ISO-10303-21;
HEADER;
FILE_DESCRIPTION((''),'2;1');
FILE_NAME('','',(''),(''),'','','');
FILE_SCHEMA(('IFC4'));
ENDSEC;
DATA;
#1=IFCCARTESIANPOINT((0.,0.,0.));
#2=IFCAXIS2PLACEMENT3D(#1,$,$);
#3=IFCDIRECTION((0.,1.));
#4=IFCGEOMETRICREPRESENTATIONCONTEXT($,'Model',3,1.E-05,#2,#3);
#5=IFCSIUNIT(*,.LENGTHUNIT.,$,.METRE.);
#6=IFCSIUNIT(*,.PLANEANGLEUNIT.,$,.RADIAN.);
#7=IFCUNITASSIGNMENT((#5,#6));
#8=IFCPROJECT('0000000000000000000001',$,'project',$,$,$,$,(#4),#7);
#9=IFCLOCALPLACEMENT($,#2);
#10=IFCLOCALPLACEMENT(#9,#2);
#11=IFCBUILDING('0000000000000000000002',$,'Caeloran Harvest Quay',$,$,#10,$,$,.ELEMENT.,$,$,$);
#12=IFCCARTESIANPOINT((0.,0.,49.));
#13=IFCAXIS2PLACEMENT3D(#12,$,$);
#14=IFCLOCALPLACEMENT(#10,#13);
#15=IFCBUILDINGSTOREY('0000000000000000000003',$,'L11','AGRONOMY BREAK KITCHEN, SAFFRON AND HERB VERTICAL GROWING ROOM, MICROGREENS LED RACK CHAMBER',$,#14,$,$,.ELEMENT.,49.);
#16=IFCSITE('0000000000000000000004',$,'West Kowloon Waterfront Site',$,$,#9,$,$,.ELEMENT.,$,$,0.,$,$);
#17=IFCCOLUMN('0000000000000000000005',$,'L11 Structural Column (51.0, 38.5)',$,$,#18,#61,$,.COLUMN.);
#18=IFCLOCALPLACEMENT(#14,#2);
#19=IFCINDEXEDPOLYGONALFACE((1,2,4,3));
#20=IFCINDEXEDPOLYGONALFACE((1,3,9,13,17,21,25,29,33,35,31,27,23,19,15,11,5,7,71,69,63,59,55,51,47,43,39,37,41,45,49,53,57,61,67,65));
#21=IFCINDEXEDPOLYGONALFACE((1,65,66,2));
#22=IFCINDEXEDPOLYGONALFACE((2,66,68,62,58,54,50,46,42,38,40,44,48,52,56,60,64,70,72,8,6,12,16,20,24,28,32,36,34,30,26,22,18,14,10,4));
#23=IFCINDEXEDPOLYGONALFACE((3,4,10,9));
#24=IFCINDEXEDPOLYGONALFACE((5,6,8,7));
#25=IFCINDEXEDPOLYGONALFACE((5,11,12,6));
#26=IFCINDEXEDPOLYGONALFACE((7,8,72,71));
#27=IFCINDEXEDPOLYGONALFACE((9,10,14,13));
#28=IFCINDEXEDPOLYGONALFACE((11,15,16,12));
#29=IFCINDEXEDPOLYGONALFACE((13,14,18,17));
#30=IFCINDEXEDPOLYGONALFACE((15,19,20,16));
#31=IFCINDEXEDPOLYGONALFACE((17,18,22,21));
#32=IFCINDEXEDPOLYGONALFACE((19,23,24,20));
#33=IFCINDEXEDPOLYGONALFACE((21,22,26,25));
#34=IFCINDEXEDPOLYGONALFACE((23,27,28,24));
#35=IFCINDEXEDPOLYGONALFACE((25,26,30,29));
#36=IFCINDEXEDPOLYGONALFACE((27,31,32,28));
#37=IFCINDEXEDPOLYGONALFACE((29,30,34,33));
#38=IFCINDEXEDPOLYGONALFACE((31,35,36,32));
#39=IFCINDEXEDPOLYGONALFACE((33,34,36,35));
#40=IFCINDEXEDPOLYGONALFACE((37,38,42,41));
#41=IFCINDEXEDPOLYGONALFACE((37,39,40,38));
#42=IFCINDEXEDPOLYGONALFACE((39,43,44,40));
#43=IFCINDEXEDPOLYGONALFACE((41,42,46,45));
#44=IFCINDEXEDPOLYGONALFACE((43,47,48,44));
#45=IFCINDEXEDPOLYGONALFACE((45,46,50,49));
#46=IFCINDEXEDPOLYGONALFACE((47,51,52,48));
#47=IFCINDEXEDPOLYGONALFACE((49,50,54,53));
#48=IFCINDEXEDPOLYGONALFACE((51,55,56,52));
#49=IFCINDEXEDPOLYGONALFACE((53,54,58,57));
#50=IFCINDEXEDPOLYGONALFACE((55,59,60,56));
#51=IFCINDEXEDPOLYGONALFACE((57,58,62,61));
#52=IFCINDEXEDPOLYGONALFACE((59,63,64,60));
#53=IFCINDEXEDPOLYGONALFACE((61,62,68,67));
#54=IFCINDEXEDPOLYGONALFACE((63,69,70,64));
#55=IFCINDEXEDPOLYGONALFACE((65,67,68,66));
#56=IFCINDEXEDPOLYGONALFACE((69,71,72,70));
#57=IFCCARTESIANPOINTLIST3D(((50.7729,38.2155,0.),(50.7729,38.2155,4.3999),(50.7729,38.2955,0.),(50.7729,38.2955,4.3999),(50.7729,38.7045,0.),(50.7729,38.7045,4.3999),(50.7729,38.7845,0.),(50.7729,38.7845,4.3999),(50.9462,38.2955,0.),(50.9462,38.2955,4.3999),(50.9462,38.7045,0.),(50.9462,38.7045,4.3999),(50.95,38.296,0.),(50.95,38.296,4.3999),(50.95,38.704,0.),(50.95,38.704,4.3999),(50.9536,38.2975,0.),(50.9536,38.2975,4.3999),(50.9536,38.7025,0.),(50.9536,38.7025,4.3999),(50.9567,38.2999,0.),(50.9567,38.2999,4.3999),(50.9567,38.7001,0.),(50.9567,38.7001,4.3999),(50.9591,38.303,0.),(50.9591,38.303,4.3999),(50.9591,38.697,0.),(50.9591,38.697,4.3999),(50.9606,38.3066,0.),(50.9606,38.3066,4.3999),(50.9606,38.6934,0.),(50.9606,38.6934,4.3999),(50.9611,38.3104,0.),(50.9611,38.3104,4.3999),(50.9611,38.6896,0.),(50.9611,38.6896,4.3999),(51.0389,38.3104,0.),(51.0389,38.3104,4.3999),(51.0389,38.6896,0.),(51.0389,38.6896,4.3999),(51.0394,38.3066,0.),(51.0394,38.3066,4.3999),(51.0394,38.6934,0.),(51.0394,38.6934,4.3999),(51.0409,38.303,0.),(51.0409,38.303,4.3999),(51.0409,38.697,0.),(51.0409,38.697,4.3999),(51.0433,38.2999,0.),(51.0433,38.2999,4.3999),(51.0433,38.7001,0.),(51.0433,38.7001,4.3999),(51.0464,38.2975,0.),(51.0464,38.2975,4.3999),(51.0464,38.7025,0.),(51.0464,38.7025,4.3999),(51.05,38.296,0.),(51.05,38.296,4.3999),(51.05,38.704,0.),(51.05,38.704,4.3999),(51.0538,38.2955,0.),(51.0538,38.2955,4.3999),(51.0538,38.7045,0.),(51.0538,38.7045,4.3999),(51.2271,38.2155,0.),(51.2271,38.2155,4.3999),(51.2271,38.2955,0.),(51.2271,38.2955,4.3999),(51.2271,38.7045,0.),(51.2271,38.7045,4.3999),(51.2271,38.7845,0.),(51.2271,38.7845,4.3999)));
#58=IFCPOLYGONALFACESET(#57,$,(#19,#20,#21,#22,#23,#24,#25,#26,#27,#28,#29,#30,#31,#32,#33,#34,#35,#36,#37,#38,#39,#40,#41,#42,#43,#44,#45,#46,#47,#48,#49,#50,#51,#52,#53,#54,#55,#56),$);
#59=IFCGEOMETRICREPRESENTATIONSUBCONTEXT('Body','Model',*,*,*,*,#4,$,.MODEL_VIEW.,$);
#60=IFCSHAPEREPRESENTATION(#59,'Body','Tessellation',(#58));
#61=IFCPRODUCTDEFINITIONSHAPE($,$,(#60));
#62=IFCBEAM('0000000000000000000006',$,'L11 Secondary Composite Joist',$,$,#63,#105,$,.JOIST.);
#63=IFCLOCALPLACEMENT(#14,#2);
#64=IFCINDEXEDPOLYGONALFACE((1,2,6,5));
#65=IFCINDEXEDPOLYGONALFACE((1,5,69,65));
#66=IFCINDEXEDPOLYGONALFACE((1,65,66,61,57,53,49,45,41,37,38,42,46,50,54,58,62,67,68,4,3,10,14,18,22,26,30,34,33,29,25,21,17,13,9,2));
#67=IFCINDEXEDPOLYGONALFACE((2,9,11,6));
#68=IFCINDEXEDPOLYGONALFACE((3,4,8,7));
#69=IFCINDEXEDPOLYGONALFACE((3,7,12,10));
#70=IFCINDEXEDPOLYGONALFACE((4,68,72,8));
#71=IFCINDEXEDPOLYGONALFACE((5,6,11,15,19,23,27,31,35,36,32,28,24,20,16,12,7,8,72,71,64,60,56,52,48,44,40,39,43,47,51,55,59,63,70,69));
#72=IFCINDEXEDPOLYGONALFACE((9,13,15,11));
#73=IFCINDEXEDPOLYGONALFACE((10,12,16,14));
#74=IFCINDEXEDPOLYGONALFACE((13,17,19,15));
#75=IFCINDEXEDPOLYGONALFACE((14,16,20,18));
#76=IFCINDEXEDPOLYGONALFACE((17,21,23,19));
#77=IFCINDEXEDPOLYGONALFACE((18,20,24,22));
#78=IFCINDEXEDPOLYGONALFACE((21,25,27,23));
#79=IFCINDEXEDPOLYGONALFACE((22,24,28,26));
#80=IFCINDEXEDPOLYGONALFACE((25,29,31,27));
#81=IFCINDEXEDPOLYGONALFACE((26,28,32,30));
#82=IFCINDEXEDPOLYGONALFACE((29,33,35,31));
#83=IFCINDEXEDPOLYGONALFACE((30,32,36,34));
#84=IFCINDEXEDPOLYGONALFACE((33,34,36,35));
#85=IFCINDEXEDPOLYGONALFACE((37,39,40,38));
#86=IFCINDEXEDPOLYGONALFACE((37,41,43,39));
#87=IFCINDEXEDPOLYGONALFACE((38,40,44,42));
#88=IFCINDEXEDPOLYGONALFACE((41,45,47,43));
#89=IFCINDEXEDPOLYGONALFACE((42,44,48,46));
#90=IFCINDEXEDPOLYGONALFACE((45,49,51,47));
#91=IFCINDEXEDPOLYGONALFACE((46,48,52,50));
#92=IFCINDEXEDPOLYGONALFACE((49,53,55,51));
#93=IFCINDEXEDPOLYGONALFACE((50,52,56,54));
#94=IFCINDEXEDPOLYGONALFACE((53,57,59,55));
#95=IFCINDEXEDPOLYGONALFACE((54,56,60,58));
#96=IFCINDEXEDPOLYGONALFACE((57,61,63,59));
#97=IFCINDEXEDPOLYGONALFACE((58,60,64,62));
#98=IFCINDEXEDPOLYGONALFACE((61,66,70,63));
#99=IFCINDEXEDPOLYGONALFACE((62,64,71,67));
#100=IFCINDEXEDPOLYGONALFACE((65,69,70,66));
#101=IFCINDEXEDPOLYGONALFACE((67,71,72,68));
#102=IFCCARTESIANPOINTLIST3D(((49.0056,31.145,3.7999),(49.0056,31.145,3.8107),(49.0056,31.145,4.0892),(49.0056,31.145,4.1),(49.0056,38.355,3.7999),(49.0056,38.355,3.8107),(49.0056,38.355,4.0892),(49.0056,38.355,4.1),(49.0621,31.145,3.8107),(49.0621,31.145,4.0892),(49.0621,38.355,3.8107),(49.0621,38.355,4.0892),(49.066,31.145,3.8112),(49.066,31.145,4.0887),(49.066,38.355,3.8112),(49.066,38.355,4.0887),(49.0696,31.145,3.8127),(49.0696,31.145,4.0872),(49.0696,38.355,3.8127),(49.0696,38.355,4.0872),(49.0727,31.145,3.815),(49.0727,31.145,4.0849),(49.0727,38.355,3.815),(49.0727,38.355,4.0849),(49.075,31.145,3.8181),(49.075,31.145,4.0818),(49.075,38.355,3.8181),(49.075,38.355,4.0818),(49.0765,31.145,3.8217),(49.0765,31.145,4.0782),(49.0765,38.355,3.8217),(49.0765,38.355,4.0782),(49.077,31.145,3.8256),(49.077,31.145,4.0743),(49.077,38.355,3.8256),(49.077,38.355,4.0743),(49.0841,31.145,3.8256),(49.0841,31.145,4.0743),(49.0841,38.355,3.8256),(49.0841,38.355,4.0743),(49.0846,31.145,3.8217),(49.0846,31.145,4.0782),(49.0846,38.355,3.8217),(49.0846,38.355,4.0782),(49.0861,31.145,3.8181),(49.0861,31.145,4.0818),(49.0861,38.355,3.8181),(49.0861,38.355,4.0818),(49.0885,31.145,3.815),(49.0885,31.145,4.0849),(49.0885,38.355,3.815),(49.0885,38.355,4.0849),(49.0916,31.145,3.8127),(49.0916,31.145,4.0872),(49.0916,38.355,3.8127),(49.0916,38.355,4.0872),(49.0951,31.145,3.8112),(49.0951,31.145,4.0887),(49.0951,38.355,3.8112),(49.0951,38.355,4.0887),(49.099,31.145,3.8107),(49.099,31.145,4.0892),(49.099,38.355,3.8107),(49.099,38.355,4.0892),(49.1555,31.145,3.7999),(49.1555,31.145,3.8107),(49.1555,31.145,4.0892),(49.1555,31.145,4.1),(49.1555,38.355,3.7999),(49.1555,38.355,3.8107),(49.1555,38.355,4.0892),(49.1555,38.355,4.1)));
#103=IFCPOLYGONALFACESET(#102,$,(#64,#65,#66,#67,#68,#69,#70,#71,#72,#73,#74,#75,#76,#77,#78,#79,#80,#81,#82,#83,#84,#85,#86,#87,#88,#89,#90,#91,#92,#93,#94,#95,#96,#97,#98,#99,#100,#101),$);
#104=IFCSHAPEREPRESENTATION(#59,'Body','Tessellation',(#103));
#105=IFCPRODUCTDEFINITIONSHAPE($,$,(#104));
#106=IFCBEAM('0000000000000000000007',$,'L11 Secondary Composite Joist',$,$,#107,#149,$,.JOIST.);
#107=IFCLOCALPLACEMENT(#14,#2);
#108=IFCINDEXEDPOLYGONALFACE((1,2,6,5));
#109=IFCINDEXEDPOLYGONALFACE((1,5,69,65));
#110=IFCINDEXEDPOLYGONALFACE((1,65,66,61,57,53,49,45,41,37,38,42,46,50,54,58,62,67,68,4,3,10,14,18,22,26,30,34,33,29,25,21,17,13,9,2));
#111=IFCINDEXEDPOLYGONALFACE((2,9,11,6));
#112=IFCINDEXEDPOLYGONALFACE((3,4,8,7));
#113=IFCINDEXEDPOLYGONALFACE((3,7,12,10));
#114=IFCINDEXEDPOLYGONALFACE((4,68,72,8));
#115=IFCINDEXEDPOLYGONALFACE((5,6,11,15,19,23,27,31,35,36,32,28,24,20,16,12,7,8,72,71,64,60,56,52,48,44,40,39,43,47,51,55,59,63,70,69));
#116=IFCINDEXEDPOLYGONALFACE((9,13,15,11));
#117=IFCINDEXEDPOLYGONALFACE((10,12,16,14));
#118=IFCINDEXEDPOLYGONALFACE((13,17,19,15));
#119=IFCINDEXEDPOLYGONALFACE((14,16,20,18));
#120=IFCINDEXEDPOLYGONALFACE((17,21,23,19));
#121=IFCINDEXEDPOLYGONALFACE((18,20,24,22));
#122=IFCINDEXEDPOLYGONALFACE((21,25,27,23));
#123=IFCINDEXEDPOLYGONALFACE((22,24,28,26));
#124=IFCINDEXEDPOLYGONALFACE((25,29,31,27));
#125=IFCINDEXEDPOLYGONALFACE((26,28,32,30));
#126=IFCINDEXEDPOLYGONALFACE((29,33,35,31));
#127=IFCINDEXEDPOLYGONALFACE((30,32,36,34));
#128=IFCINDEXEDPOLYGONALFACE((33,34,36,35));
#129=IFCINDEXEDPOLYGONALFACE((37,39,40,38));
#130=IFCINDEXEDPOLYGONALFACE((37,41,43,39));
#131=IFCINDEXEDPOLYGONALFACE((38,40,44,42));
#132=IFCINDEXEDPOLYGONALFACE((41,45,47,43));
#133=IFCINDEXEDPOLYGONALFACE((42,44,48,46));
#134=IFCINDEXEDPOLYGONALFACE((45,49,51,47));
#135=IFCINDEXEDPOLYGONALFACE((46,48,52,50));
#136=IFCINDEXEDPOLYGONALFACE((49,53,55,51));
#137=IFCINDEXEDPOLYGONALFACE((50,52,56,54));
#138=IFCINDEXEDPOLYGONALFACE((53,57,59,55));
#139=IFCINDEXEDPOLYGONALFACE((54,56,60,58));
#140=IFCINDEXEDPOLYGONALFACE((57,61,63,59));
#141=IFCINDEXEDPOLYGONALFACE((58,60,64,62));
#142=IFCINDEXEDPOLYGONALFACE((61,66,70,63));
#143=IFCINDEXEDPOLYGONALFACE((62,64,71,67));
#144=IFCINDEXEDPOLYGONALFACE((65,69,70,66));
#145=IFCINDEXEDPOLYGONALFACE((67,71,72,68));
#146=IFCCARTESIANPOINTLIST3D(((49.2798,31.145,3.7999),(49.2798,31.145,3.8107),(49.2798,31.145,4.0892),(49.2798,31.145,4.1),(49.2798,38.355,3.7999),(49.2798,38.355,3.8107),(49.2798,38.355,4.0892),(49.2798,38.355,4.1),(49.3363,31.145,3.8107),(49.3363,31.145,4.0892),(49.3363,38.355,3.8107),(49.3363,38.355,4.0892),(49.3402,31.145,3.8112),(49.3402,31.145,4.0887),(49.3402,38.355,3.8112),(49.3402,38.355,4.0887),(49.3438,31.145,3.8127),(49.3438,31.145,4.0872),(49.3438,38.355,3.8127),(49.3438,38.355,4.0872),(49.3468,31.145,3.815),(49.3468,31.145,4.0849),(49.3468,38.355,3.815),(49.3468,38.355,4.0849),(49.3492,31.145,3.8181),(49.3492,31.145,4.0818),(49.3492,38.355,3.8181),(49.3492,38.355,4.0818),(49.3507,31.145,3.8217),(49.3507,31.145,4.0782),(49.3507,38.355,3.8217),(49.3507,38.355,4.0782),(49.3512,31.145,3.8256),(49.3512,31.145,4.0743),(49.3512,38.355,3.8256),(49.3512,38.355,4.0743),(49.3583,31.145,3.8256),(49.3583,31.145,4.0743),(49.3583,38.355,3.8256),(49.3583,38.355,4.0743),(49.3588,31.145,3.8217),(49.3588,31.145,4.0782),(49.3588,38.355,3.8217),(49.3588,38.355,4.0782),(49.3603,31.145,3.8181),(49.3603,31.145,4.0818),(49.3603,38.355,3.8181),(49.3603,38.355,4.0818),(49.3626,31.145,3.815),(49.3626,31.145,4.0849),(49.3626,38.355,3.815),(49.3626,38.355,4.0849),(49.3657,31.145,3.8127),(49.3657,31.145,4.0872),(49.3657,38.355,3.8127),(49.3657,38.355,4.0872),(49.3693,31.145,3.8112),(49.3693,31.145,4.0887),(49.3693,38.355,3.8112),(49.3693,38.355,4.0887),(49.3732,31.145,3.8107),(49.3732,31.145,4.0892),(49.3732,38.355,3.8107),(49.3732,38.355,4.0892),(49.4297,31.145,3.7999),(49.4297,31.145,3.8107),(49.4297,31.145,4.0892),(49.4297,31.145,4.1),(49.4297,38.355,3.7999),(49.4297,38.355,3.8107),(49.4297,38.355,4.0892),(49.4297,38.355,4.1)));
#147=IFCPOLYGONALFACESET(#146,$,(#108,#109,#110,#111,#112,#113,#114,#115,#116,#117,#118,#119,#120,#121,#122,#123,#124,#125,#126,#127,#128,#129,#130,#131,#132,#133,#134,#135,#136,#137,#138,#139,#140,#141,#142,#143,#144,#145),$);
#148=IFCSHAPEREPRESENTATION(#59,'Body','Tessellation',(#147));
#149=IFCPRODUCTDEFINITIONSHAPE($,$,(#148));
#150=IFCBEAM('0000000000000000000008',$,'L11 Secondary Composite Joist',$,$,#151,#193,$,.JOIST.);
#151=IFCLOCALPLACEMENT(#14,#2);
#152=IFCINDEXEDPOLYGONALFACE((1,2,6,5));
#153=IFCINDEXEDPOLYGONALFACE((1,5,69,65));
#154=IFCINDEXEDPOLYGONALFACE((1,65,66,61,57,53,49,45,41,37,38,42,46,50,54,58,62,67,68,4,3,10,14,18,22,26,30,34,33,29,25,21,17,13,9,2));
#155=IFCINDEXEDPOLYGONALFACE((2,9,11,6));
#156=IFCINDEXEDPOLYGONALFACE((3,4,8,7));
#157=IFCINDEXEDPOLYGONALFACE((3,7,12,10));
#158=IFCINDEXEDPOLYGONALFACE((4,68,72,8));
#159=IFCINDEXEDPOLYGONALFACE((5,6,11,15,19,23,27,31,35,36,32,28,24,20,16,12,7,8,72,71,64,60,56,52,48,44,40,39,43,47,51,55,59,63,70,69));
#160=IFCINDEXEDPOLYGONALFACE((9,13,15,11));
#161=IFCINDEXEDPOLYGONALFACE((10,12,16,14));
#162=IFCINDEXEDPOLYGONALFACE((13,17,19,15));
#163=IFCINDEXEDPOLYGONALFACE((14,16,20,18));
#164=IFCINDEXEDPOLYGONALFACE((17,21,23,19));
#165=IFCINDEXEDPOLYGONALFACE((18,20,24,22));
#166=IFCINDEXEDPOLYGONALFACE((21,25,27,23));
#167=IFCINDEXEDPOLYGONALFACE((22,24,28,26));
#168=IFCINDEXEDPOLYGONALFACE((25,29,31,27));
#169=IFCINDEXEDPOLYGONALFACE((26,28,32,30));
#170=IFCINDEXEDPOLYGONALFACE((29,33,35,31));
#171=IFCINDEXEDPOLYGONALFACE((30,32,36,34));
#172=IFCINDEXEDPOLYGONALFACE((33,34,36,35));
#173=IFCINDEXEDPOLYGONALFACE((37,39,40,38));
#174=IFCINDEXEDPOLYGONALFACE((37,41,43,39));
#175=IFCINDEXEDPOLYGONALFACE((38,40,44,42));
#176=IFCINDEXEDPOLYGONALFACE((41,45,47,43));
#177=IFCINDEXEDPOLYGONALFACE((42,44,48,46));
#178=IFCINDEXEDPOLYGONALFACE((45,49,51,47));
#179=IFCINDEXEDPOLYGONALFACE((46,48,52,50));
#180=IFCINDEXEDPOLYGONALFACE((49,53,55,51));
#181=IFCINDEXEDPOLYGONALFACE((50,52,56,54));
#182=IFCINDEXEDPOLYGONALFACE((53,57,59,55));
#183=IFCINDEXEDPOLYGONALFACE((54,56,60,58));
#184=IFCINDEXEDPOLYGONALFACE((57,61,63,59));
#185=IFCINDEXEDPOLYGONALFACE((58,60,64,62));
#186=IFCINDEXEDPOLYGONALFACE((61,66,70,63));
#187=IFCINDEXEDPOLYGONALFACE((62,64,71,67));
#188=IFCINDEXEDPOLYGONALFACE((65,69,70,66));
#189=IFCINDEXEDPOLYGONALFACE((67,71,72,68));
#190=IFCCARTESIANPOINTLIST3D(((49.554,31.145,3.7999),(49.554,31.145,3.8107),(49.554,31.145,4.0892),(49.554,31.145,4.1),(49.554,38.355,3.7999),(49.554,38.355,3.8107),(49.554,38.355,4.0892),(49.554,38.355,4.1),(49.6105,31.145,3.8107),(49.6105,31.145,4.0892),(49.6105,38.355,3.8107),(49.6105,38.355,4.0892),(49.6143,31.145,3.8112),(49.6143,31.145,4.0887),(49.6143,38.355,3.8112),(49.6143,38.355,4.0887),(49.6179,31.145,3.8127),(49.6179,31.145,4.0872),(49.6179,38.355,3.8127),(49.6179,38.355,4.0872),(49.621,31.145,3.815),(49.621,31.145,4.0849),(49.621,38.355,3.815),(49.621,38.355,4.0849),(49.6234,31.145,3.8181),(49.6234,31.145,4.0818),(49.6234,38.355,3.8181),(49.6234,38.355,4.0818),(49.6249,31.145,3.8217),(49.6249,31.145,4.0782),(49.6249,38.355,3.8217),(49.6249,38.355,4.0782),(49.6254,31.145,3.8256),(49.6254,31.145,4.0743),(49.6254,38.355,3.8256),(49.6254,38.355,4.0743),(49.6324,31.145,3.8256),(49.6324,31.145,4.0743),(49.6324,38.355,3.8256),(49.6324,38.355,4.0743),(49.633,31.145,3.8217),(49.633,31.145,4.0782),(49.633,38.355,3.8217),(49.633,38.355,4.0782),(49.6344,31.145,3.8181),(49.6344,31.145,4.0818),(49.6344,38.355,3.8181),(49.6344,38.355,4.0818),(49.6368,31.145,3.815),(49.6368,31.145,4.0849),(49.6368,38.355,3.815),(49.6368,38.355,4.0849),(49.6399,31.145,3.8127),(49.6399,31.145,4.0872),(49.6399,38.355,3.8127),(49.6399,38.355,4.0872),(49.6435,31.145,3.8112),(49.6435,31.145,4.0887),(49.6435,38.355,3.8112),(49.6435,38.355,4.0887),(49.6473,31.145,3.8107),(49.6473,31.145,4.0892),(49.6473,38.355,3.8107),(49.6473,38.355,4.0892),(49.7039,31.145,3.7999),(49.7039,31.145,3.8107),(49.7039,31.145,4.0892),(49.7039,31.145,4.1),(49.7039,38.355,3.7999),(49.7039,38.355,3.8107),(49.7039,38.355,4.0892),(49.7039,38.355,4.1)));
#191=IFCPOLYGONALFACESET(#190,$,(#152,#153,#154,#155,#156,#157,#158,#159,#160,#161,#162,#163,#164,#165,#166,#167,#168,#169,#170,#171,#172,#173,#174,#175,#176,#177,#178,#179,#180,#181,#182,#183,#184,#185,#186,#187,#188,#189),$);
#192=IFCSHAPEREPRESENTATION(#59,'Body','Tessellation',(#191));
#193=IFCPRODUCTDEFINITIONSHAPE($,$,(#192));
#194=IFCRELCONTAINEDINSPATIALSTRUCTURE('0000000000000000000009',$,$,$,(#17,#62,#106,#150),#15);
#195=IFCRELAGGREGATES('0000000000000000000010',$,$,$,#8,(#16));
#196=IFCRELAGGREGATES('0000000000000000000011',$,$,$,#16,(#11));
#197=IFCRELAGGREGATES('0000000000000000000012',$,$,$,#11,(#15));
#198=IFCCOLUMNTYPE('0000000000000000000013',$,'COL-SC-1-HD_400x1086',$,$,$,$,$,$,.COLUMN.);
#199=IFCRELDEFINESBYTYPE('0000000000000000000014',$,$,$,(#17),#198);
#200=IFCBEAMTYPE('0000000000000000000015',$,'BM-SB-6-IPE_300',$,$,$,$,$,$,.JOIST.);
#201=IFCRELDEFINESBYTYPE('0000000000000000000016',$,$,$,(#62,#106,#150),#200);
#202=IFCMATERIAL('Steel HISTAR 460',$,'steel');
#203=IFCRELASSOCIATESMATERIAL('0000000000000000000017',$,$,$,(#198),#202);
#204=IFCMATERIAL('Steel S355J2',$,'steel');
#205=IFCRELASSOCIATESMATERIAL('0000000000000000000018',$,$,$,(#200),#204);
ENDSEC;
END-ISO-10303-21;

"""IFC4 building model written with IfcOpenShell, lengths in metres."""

from ifc_helpers import new_model, si_unit, direction, frame, origin, origin_2d, place, context, subcontext, project, spatial, i_section, extrude, material, material_profile, profile_set, type_object, element, save


model = new_model("IFC4")

# Units and contexts
model_context = context("Model", 3, precision=1e-05, world=origin(), true_north=direction((0.0, 1.0)))
body_context = subcontext(model_context, "Body", "Model", "MODEL_VIEW")
ifc_project = project(units=[si_unit("LENGTHUNIT", "METRE"), si_unit("PLANEANGLEUNIT", "RADIAN")], contexts=[model_context])

# Site, building, storey
site_placement = place(None, origin())
site = spatial("IfcSite", under=ifc_project, at=site_placement, Name="West Kowloon Waterfront Site", CompositionType="ELEMENT", RefElevation=0.0)
building_placement = place(site_placement, origin())
building = spatial("IfcBuilding", under=site, at=building_placement, Name="Caeloran Harvest Quay", CompositionType="ELEMENT")
storey_placement = place(building_placement, frame((0.0, 0.0, 49.0)))
storey = spatial("IfcBuildingStorey", under=building, at=storey_placement, Name="L11", Description="AGRONOMY BREAK KITCHEN, SAFFRON AND HERB VERTICAL GROWING ROOM, MICROGREENS LED RACK CHAMBER", CompositionType="ELEMENT", Elevation=49.0)

# Column
ifc_material_1 = material(Name="Steel HISTAR 460", Category="steel")
ifc_material_profile_1 = material_profile(ifc_material_1, i_section(OverallWidth=0.4541, OverallDepth=0.5691, WebThickness=0.0779, FlangeThickness=0.0801, FilletRadius=0.0149, at=origin_2d()), Name="HD 400x1086")
ifc_profile_set_1 = profile_set([ifc_material_profile_1], Name="Steel HISTAR 460")
column_type = type_object("IfcColumnType", Name="COL-SC-1-HD_400x1086", PredefinedType="COLUMN", material=ifc_profile_set_1)
column_placement = place(storey_placement, frame((51.0, 38.5, 0.0), z_axis=(0.0, 0.0, 1.0), x_axis=(1.0, 0.0, 0.0)))
element("IfcColumn", 1, at=column_placement, inside=storey, type_object=column_type, Name="L11 Structural Column (51.0, 38.5)", PredefinedType="COLUMN", context=body_context, shape_type="SweptSolid", body=[
    extrude(i_section(OverallWidth=0.4541, OverallDepth=0.5691, WebThickness=0.0779, FlangeThickness=0.0801, FilletRadius=0.0149, at=origin_2d()), origin(), (0.0, 0.0, 1.0), 4.3999),
])

# Beams
ifc_material_2 = material(Name="Steel S355J2", Category="steel")
ifc_material_profile_2 = material_profile(ifc_material_2, i_section(OverallWidth=0.1499, OverallDepth=0.3, WebThickness=0.0071, FlangeThickness=0.0107, FilletRadius=0.0149, at=origin_2d()), Name="IPE 300")
ifc_profile_set_2 = profile_set([ifc_material_profile_2], Name="Steel S355J2")
beam_type_1 = type_object("IfcBeamType", Name="BM-SB-6-IPE_300", PredefinedType="JOIST", material=ifc_profile_set_2)
for number, where, z_axis, x_axis, name in (
    (2, (49.0806, 31.145, 3.95), (0.0, 1.0, 0.0), (-1.0, 0.0, 0.0), "L11 Secondary Composite Joist"),
    (3, (49.3547, 31.145, 3.95), (0.0, 1.0, 0.0), (-1.0, 0.0, 0.0), "L11 Secondary Composite Joist"),
    (4, (49.6289, 31.145, 3.95), (0.0, 1.0, 0.0), (-1.0, 0.0, 0.0), "L11 Secondary Composite Joist"),
):
    element("IfcBeam", number, at=place(storey_placement, frame(where, z_axis=z_axis, x_axis=x_axis)), inside=storey, type_object=beam_type_1, Name=name, PredefinedType="JOIST", context=body_context, shape_type="SweptSolid", body=[
        extrude(i_section(OverallWidth=0.1499, OverallDepth=0.3, WebThickness=0.0071, FlangeThickness=0.0107, FilletRadius=0.0149, at=origin_2d()), origin(), (0.0, 0.0, 1.0), 7.21),
    ])

save(model, "model.ifc")
